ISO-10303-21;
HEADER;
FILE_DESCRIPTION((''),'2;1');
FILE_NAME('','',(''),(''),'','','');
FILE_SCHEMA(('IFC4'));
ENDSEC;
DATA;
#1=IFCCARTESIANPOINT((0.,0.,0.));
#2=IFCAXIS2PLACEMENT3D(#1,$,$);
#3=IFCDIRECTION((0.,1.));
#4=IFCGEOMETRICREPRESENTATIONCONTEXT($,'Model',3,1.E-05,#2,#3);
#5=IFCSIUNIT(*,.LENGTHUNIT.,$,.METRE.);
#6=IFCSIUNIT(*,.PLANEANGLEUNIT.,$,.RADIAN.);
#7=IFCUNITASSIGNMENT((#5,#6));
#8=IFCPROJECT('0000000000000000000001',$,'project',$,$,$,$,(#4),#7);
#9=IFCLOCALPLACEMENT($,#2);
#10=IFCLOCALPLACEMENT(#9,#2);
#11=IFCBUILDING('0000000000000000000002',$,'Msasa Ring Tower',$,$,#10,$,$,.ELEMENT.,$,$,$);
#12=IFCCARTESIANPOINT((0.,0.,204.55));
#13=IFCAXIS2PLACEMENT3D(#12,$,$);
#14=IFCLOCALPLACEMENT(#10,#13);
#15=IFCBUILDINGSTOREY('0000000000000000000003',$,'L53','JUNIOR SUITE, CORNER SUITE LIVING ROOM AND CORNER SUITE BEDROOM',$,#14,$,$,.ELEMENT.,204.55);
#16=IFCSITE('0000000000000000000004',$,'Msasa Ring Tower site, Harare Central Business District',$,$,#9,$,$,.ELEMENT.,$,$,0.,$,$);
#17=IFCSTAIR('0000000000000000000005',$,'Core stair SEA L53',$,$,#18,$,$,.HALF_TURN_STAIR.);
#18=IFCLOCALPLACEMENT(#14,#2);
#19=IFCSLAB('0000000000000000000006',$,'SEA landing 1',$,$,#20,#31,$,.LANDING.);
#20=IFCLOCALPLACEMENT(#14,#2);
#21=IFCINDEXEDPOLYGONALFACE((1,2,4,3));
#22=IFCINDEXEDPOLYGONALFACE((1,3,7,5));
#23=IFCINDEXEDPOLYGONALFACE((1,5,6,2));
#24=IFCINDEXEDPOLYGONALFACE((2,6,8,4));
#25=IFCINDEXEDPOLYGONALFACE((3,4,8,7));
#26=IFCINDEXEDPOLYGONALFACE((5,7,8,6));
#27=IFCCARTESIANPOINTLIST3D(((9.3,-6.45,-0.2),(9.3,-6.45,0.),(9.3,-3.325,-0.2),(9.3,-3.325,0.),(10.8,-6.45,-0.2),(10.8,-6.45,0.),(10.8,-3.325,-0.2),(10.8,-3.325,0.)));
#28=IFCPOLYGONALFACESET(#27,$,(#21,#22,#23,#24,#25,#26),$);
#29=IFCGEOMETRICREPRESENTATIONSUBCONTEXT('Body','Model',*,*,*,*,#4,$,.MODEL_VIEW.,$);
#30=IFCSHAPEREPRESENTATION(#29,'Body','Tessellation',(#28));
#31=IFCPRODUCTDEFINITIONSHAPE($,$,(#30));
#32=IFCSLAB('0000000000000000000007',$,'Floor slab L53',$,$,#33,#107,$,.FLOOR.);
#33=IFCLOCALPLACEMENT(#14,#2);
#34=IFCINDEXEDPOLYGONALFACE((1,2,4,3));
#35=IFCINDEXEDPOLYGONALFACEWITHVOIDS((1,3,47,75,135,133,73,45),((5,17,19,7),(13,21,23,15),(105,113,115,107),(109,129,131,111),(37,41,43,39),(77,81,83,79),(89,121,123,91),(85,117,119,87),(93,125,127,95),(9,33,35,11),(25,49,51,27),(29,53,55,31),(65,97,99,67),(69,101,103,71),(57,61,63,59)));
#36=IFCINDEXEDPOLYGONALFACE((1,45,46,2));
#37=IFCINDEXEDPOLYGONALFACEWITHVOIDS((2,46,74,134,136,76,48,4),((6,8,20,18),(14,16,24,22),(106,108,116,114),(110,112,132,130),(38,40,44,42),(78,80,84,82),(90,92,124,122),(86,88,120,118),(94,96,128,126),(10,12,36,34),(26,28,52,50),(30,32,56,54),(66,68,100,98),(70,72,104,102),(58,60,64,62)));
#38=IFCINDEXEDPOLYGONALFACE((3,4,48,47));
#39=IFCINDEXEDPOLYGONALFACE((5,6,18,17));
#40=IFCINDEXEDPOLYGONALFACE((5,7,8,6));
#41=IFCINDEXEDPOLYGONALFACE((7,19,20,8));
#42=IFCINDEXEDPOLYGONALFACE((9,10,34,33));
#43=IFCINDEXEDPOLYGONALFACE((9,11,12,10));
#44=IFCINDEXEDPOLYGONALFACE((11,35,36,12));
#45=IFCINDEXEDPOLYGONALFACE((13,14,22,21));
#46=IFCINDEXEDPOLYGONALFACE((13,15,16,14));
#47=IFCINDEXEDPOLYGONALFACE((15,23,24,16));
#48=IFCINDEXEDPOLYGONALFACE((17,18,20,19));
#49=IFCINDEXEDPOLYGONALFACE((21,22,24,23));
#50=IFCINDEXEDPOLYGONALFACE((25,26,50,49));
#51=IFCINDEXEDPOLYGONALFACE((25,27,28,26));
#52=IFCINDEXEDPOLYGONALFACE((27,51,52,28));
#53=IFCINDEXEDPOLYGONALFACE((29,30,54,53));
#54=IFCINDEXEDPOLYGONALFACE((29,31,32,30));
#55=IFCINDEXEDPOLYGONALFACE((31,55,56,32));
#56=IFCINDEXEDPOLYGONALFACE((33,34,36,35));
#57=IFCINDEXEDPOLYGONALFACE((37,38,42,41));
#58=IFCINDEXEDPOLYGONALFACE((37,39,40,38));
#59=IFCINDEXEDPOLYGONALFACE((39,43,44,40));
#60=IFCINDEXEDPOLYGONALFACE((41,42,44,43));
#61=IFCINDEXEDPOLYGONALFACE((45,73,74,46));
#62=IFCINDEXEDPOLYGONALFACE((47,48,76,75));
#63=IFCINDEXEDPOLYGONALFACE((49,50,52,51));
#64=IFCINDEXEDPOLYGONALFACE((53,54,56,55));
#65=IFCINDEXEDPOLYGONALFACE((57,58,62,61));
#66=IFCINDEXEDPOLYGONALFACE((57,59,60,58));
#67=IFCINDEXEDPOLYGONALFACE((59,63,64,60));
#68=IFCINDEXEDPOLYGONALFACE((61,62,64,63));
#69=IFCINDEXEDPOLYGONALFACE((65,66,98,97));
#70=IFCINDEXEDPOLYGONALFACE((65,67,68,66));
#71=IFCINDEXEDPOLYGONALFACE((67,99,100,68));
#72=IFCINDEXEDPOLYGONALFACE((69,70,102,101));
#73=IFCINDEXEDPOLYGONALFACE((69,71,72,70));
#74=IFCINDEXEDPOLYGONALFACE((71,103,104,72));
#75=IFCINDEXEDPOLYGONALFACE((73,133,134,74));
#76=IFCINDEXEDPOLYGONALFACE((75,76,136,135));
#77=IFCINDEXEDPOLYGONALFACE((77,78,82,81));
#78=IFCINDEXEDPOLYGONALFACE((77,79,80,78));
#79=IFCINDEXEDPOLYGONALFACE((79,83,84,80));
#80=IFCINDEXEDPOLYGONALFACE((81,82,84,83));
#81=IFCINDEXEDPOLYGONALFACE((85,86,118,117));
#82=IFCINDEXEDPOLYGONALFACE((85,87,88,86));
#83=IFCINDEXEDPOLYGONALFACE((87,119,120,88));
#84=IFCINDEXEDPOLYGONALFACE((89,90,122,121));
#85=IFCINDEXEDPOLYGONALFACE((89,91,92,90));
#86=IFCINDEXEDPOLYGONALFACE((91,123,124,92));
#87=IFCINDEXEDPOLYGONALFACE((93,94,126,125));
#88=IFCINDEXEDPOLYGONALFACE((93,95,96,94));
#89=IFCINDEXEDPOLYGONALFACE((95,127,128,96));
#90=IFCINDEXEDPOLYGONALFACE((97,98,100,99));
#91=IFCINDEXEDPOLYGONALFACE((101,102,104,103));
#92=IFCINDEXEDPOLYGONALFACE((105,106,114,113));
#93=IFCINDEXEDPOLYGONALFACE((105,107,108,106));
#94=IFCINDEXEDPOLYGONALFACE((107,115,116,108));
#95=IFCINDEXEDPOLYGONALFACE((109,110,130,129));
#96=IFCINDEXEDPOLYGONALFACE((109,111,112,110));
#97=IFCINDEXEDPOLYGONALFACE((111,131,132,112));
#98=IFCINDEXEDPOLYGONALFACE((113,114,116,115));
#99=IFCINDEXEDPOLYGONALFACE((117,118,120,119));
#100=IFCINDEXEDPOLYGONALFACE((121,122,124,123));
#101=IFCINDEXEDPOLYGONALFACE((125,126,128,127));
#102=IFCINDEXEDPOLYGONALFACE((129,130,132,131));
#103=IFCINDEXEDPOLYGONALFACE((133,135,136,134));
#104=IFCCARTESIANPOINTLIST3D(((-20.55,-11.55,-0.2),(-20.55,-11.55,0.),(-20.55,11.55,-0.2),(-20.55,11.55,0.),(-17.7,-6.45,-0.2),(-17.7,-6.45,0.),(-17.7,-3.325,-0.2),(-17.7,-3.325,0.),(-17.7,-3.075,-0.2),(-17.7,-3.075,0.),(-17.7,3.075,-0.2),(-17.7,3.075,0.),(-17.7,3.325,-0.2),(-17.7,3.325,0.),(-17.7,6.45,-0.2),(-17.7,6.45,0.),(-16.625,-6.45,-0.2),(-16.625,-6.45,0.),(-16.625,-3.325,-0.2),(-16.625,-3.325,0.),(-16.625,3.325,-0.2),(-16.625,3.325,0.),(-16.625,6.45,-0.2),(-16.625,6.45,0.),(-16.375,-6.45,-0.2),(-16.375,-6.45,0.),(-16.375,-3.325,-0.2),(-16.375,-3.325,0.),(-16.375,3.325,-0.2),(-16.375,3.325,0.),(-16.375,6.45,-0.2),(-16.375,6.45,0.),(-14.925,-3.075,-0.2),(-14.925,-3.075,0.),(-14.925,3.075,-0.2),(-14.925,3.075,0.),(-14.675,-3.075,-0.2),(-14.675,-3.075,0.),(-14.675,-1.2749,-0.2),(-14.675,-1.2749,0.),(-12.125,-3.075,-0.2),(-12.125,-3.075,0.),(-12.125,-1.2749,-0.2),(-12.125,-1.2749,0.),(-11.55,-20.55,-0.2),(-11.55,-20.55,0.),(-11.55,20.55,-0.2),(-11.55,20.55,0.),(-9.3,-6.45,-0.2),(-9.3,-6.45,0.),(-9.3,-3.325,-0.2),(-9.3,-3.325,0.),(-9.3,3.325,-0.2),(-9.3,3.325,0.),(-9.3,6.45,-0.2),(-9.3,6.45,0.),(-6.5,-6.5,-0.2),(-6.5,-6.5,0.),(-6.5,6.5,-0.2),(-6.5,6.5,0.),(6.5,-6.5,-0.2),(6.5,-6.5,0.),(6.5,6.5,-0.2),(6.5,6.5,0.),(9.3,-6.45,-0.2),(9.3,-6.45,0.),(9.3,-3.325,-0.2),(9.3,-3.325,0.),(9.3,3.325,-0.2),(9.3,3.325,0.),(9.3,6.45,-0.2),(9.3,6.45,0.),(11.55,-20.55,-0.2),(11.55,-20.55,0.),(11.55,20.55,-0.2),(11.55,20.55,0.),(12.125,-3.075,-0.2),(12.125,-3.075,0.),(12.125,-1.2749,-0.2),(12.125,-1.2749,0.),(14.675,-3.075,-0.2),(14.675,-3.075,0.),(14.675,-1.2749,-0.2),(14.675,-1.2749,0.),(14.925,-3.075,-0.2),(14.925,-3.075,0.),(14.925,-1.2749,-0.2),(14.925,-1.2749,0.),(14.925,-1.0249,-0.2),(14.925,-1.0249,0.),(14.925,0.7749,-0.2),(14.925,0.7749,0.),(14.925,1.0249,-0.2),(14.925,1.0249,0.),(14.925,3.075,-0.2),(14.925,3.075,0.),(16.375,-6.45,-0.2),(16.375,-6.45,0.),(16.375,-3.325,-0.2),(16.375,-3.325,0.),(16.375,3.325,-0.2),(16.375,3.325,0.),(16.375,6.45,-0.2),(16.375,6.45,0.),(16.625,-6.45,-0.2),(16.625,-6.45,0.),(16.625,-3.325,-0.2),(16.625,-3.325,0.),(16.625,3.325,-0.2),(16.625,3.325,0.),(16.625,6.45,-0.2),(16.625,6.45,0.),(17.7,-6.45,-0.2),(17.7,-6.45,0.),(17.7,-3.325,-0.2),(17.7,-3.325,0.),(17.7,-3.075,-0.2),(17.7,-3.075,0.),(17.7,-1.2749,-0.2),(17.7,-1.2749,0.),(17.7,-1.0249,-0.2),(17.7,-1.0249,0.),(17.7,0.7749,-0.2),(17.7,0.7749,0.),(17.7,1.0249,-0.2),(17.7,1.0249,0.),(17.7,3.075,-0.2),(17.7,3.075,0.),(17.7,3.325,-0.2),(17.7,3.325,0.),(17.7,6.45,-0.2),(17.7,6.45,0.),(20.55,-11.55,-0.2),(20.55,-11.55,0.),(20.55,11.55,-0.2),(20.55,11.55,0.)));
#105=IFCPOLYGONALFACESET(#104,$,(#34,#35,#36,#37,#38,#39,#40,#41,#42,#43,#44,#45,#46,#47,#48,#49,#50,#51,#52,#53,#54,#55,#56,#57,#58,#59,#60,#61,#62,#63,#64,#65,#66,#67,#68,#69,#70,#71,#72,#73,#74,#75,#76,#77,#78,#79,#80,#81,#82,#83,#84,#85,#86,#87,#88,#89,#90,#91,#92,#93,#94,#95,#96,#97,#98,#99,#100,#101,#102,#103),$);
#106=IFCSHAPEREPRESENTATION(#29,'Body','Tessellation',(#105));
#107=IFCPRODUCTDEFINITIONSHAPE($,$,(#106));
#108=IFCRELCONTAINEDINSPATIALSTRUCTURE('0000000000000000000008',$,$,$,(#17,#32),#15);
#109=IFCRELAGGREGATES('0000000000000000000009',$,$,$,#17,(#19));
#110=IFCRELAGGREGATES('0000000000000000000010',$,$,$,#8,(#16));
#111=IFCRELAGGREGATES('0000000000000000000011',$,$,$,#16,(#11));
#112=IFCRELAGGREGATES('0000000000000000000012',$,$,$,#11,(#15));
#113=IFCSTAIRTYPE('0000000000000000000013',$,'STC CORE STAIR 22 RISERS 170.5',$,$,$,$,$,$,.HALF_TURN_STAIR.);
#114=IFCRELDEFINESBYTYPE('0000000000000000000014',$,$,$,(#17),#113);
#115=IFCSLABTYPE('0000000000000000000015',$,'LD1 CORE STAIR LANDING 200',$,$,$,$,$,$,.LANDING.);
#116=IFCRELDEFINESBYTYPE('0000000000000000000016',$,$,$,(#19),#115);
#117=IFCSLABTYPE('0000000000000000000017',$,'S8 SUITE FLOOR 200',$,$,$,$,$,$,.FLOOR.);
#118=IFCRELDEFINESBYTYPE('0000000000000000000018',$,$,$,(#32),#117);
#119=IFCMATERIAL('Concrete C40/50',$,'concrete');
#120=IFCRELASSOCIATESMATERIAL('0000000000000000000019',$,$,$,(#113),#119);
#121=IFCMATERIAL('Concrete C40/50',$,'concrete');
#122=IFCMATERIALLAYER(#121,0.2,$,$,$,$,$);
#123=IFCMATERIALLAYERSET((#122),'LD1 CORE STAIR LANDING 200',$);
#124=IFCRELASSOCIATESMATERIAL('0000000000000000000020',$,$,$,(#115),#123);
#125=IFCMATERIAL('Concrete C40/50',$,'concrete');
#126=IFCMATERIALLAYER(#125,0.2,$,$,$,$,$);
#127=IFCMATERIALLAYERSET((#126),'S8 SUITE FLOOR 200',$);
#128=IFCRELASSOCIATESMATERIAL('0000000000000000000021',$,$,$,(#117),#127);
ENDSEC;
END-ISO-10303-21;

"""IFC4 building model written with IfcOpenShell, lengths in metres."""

from ifc_helpers import new_model, si_unit, direction, frame, origin, place, context, subcontext, project, spatial, polyline, outline, extrude, material, layer, layer_set, type_object, element, aggregate, save


model = new_model("IFC4")

# Units and contexts
model_context = context("Model", 3, precision=1e-05, world=origin(), true_north=direction((0.0, 1.0)))
body_context = subcontext(model_context, "Body", "Model", "MODEL_VIEW")
ifc_project = project(units=[si_unit("LENGTHUNIT", "METRE"), si_unit("PLANEANGLEUNIT", "RADIAN")], contexts=[model_context])

# Site, building, storey
site_placement = place(None, origin())
site = spatial("IfcSite", under=ifc_project, at=site_placement, Name="Msasa Ring Tower site, Harare Central Business District", CompositionType="ELEMENT", RefElevation=0.0)
building_placement = place(site_placement, origin())
building = spatial("IfcBuilding", under=site, at=building_placement, Name="Msasa Ring Tower", CompositionType="ELEMENT")
storey_placement = place(building_placement, frame((0.0, 0.0, 204.55)))
storey = spatial("IfcBuildingStorey", under=building, at=storey_placement, Name="L53", Description="JUNIOR SUITE, CORNER SUITE LIVING ROOM AND CORNER SUITE BEDROOM", CompositionType="ELEMENT", Elevation=204.55)

# Stair, slab
ifc_material_1 = material(Name="Concrete C40/50", Category="concrete")
stair_type = type_object("IfcStairType", Name="STC CORE STAIR 22 RISERS 170.5", PredefinedType="HALF_TURN_STAIR", material=ifc_material_1)
stair_placement = place(storey_placement, origin())
stair = element("IfcStair", 1, at=stair_placement, inside=storey, type_object=stair_type, Name="Core stair SEA L53", PredefinedType="HALF_TURN_STAIR")
ifc_material_2 = material(Name="Concrete C40/50", Category="concrete")
ifc_layer_1 = layer(ifc_material_2, 0.2)
ifc_layer_set_1 = layer_set([ifc_layer_1], Name="LD1 CORE STAIR LANDING 200")
slab_type_1 = type_object("IfcSlabType", Name="LD1 CORE STAIR LANDING 200", PredefinedType="LANDING", material=ifc_layer_set_1)
slab_1_placement = place(storey_placement, frame((0.0, 0.0, -0.2)))
slab_1 = element("IfcSlab", 2, at=slab_1_placement, type_object=slab_type_1, Name="SEA landing 1", PredefinedType="LANDING", context=body_context, shape_type="SweptSolid", body=[
    extrude(outline(polyline([(9.3, -6.45), (10.8, -6.45), (10.8, -3.325), (9.3, -3.325), (9.3, -6.45)])), origin(), (0.0, 0.0, 1.0), 0.2),
])
aggregate(stair, [slab_1])

# Slab
ifc_material_3 = material(Name="Concrete C40/50", Category="concrete")
ifc_layer_2 = layer(ifc_material_3, 0.2)
ifc_layer_set_2 = layer_set([ifc_layer_2], Name="S8 SUITE FLOOR 200")
slab_type_2 = type_object("IfcSlabType", Name="S8 SUITE FLOOR 200", PredefinedType="FLOOR", material=ifc_layer_set_2)
slab_2_placement = place(storey_placement, frame((0.0, 0.0, -0.2)))
element("IfcSlab", 3, at=slab_2_placement, inside=storey, type_object=slab_type_2, Name="Floor slab L53", PredefinedType="FLOOR", context=body_context, shape_type="SweptSolid", body=[
    extrude(outline(polyline([(-11.55, -20.55), (11.55, -20.55), (20.55, -11.55), (20.55, 11.55), (11.55, 20.55), (-11.55, 20.55), (-20.55, 11.55), (-20.55, -11.55), (-11.55, -20.55)]), holes=[polyline([(-6.5, -6.5), (6.5, -6.5), (6.5, 6.5), (-6.5, 6.5), (-6.5, -6.5)]), polyline([(9.3, -6.45), (16.375, -6.45), (16.375, -3.325), (9.3, -3.325), (9.3, -6.45)]), polyline([(9.3, 3.325), (16.375, 3.325), (16.375, 6.45), (9.3, 6.45), (9.3, 3.325)]), polyline([(12.125, -3.075), (14.675, -3.075), (14.675, -1.2749), (12.125, -1.2749), (12.125, -3.075)]), polyline([(16.625, -6.45), (17.7, -6.45), (17.7, -3.325), (16.625, -3.325), (16.625, -6.45)]), polyline([(16.625, 3.325), (17.7, 3.325), (17.7, 6.45), (16.625, 6.45), (16.625, 3.325)]), polyline([(14.925, -3.075), (17.7, -3.075), (17.7, -1.2749), (14.925, -1.2749), (14.925, -3.075)]), polyline([(14.925, -1.0249), (17.7, -1.0249), (17.7, 0.7749), (14.925, 0.7749), (14.925, -1.0249)]), polyline([(14.925, 1.0249), (17.7, 1.0249), (17.7, 3.075), (14.925, 3.075), (14.925, 1.0249)]), polyline([(-16.375, -6.45), (-9.3, -6.45), (-9.3, -3.325), (-16.375, -3.325), (-16.375, -6.45)]), polyline([(-16.375, 3.325), (-9.3, 3.325), (-9.3, 6.45), (-16.375, 6.45), (-16.375, 3.325)]), polyline([(-14.675, -3.075), (-12.125, -3.075), (-12.125, -1.2749), (-14.675, -1.2749), (-14.675, -3.075)]), polyline([(-17.7, -6.45), (-16.625, -6.45), (-16.625, -3.325), (-17.7, -3.325), (-17.7, -6.45)]), polyline([(-17.7, 3.325), (-16.625, 3.325), (-16.625, 6.45), (-17.7, 6.45), (-17.7, 3.325)]), polyline([(-17.7, -3.075), (-14.925, -3.075), (-14.925, 3.075), (-17.7, 3.075), (-17.7, -3.075)])]), origin(), (0.0, 0.0, 1.0), 0.2),
])

save(model, "model.ifc")
